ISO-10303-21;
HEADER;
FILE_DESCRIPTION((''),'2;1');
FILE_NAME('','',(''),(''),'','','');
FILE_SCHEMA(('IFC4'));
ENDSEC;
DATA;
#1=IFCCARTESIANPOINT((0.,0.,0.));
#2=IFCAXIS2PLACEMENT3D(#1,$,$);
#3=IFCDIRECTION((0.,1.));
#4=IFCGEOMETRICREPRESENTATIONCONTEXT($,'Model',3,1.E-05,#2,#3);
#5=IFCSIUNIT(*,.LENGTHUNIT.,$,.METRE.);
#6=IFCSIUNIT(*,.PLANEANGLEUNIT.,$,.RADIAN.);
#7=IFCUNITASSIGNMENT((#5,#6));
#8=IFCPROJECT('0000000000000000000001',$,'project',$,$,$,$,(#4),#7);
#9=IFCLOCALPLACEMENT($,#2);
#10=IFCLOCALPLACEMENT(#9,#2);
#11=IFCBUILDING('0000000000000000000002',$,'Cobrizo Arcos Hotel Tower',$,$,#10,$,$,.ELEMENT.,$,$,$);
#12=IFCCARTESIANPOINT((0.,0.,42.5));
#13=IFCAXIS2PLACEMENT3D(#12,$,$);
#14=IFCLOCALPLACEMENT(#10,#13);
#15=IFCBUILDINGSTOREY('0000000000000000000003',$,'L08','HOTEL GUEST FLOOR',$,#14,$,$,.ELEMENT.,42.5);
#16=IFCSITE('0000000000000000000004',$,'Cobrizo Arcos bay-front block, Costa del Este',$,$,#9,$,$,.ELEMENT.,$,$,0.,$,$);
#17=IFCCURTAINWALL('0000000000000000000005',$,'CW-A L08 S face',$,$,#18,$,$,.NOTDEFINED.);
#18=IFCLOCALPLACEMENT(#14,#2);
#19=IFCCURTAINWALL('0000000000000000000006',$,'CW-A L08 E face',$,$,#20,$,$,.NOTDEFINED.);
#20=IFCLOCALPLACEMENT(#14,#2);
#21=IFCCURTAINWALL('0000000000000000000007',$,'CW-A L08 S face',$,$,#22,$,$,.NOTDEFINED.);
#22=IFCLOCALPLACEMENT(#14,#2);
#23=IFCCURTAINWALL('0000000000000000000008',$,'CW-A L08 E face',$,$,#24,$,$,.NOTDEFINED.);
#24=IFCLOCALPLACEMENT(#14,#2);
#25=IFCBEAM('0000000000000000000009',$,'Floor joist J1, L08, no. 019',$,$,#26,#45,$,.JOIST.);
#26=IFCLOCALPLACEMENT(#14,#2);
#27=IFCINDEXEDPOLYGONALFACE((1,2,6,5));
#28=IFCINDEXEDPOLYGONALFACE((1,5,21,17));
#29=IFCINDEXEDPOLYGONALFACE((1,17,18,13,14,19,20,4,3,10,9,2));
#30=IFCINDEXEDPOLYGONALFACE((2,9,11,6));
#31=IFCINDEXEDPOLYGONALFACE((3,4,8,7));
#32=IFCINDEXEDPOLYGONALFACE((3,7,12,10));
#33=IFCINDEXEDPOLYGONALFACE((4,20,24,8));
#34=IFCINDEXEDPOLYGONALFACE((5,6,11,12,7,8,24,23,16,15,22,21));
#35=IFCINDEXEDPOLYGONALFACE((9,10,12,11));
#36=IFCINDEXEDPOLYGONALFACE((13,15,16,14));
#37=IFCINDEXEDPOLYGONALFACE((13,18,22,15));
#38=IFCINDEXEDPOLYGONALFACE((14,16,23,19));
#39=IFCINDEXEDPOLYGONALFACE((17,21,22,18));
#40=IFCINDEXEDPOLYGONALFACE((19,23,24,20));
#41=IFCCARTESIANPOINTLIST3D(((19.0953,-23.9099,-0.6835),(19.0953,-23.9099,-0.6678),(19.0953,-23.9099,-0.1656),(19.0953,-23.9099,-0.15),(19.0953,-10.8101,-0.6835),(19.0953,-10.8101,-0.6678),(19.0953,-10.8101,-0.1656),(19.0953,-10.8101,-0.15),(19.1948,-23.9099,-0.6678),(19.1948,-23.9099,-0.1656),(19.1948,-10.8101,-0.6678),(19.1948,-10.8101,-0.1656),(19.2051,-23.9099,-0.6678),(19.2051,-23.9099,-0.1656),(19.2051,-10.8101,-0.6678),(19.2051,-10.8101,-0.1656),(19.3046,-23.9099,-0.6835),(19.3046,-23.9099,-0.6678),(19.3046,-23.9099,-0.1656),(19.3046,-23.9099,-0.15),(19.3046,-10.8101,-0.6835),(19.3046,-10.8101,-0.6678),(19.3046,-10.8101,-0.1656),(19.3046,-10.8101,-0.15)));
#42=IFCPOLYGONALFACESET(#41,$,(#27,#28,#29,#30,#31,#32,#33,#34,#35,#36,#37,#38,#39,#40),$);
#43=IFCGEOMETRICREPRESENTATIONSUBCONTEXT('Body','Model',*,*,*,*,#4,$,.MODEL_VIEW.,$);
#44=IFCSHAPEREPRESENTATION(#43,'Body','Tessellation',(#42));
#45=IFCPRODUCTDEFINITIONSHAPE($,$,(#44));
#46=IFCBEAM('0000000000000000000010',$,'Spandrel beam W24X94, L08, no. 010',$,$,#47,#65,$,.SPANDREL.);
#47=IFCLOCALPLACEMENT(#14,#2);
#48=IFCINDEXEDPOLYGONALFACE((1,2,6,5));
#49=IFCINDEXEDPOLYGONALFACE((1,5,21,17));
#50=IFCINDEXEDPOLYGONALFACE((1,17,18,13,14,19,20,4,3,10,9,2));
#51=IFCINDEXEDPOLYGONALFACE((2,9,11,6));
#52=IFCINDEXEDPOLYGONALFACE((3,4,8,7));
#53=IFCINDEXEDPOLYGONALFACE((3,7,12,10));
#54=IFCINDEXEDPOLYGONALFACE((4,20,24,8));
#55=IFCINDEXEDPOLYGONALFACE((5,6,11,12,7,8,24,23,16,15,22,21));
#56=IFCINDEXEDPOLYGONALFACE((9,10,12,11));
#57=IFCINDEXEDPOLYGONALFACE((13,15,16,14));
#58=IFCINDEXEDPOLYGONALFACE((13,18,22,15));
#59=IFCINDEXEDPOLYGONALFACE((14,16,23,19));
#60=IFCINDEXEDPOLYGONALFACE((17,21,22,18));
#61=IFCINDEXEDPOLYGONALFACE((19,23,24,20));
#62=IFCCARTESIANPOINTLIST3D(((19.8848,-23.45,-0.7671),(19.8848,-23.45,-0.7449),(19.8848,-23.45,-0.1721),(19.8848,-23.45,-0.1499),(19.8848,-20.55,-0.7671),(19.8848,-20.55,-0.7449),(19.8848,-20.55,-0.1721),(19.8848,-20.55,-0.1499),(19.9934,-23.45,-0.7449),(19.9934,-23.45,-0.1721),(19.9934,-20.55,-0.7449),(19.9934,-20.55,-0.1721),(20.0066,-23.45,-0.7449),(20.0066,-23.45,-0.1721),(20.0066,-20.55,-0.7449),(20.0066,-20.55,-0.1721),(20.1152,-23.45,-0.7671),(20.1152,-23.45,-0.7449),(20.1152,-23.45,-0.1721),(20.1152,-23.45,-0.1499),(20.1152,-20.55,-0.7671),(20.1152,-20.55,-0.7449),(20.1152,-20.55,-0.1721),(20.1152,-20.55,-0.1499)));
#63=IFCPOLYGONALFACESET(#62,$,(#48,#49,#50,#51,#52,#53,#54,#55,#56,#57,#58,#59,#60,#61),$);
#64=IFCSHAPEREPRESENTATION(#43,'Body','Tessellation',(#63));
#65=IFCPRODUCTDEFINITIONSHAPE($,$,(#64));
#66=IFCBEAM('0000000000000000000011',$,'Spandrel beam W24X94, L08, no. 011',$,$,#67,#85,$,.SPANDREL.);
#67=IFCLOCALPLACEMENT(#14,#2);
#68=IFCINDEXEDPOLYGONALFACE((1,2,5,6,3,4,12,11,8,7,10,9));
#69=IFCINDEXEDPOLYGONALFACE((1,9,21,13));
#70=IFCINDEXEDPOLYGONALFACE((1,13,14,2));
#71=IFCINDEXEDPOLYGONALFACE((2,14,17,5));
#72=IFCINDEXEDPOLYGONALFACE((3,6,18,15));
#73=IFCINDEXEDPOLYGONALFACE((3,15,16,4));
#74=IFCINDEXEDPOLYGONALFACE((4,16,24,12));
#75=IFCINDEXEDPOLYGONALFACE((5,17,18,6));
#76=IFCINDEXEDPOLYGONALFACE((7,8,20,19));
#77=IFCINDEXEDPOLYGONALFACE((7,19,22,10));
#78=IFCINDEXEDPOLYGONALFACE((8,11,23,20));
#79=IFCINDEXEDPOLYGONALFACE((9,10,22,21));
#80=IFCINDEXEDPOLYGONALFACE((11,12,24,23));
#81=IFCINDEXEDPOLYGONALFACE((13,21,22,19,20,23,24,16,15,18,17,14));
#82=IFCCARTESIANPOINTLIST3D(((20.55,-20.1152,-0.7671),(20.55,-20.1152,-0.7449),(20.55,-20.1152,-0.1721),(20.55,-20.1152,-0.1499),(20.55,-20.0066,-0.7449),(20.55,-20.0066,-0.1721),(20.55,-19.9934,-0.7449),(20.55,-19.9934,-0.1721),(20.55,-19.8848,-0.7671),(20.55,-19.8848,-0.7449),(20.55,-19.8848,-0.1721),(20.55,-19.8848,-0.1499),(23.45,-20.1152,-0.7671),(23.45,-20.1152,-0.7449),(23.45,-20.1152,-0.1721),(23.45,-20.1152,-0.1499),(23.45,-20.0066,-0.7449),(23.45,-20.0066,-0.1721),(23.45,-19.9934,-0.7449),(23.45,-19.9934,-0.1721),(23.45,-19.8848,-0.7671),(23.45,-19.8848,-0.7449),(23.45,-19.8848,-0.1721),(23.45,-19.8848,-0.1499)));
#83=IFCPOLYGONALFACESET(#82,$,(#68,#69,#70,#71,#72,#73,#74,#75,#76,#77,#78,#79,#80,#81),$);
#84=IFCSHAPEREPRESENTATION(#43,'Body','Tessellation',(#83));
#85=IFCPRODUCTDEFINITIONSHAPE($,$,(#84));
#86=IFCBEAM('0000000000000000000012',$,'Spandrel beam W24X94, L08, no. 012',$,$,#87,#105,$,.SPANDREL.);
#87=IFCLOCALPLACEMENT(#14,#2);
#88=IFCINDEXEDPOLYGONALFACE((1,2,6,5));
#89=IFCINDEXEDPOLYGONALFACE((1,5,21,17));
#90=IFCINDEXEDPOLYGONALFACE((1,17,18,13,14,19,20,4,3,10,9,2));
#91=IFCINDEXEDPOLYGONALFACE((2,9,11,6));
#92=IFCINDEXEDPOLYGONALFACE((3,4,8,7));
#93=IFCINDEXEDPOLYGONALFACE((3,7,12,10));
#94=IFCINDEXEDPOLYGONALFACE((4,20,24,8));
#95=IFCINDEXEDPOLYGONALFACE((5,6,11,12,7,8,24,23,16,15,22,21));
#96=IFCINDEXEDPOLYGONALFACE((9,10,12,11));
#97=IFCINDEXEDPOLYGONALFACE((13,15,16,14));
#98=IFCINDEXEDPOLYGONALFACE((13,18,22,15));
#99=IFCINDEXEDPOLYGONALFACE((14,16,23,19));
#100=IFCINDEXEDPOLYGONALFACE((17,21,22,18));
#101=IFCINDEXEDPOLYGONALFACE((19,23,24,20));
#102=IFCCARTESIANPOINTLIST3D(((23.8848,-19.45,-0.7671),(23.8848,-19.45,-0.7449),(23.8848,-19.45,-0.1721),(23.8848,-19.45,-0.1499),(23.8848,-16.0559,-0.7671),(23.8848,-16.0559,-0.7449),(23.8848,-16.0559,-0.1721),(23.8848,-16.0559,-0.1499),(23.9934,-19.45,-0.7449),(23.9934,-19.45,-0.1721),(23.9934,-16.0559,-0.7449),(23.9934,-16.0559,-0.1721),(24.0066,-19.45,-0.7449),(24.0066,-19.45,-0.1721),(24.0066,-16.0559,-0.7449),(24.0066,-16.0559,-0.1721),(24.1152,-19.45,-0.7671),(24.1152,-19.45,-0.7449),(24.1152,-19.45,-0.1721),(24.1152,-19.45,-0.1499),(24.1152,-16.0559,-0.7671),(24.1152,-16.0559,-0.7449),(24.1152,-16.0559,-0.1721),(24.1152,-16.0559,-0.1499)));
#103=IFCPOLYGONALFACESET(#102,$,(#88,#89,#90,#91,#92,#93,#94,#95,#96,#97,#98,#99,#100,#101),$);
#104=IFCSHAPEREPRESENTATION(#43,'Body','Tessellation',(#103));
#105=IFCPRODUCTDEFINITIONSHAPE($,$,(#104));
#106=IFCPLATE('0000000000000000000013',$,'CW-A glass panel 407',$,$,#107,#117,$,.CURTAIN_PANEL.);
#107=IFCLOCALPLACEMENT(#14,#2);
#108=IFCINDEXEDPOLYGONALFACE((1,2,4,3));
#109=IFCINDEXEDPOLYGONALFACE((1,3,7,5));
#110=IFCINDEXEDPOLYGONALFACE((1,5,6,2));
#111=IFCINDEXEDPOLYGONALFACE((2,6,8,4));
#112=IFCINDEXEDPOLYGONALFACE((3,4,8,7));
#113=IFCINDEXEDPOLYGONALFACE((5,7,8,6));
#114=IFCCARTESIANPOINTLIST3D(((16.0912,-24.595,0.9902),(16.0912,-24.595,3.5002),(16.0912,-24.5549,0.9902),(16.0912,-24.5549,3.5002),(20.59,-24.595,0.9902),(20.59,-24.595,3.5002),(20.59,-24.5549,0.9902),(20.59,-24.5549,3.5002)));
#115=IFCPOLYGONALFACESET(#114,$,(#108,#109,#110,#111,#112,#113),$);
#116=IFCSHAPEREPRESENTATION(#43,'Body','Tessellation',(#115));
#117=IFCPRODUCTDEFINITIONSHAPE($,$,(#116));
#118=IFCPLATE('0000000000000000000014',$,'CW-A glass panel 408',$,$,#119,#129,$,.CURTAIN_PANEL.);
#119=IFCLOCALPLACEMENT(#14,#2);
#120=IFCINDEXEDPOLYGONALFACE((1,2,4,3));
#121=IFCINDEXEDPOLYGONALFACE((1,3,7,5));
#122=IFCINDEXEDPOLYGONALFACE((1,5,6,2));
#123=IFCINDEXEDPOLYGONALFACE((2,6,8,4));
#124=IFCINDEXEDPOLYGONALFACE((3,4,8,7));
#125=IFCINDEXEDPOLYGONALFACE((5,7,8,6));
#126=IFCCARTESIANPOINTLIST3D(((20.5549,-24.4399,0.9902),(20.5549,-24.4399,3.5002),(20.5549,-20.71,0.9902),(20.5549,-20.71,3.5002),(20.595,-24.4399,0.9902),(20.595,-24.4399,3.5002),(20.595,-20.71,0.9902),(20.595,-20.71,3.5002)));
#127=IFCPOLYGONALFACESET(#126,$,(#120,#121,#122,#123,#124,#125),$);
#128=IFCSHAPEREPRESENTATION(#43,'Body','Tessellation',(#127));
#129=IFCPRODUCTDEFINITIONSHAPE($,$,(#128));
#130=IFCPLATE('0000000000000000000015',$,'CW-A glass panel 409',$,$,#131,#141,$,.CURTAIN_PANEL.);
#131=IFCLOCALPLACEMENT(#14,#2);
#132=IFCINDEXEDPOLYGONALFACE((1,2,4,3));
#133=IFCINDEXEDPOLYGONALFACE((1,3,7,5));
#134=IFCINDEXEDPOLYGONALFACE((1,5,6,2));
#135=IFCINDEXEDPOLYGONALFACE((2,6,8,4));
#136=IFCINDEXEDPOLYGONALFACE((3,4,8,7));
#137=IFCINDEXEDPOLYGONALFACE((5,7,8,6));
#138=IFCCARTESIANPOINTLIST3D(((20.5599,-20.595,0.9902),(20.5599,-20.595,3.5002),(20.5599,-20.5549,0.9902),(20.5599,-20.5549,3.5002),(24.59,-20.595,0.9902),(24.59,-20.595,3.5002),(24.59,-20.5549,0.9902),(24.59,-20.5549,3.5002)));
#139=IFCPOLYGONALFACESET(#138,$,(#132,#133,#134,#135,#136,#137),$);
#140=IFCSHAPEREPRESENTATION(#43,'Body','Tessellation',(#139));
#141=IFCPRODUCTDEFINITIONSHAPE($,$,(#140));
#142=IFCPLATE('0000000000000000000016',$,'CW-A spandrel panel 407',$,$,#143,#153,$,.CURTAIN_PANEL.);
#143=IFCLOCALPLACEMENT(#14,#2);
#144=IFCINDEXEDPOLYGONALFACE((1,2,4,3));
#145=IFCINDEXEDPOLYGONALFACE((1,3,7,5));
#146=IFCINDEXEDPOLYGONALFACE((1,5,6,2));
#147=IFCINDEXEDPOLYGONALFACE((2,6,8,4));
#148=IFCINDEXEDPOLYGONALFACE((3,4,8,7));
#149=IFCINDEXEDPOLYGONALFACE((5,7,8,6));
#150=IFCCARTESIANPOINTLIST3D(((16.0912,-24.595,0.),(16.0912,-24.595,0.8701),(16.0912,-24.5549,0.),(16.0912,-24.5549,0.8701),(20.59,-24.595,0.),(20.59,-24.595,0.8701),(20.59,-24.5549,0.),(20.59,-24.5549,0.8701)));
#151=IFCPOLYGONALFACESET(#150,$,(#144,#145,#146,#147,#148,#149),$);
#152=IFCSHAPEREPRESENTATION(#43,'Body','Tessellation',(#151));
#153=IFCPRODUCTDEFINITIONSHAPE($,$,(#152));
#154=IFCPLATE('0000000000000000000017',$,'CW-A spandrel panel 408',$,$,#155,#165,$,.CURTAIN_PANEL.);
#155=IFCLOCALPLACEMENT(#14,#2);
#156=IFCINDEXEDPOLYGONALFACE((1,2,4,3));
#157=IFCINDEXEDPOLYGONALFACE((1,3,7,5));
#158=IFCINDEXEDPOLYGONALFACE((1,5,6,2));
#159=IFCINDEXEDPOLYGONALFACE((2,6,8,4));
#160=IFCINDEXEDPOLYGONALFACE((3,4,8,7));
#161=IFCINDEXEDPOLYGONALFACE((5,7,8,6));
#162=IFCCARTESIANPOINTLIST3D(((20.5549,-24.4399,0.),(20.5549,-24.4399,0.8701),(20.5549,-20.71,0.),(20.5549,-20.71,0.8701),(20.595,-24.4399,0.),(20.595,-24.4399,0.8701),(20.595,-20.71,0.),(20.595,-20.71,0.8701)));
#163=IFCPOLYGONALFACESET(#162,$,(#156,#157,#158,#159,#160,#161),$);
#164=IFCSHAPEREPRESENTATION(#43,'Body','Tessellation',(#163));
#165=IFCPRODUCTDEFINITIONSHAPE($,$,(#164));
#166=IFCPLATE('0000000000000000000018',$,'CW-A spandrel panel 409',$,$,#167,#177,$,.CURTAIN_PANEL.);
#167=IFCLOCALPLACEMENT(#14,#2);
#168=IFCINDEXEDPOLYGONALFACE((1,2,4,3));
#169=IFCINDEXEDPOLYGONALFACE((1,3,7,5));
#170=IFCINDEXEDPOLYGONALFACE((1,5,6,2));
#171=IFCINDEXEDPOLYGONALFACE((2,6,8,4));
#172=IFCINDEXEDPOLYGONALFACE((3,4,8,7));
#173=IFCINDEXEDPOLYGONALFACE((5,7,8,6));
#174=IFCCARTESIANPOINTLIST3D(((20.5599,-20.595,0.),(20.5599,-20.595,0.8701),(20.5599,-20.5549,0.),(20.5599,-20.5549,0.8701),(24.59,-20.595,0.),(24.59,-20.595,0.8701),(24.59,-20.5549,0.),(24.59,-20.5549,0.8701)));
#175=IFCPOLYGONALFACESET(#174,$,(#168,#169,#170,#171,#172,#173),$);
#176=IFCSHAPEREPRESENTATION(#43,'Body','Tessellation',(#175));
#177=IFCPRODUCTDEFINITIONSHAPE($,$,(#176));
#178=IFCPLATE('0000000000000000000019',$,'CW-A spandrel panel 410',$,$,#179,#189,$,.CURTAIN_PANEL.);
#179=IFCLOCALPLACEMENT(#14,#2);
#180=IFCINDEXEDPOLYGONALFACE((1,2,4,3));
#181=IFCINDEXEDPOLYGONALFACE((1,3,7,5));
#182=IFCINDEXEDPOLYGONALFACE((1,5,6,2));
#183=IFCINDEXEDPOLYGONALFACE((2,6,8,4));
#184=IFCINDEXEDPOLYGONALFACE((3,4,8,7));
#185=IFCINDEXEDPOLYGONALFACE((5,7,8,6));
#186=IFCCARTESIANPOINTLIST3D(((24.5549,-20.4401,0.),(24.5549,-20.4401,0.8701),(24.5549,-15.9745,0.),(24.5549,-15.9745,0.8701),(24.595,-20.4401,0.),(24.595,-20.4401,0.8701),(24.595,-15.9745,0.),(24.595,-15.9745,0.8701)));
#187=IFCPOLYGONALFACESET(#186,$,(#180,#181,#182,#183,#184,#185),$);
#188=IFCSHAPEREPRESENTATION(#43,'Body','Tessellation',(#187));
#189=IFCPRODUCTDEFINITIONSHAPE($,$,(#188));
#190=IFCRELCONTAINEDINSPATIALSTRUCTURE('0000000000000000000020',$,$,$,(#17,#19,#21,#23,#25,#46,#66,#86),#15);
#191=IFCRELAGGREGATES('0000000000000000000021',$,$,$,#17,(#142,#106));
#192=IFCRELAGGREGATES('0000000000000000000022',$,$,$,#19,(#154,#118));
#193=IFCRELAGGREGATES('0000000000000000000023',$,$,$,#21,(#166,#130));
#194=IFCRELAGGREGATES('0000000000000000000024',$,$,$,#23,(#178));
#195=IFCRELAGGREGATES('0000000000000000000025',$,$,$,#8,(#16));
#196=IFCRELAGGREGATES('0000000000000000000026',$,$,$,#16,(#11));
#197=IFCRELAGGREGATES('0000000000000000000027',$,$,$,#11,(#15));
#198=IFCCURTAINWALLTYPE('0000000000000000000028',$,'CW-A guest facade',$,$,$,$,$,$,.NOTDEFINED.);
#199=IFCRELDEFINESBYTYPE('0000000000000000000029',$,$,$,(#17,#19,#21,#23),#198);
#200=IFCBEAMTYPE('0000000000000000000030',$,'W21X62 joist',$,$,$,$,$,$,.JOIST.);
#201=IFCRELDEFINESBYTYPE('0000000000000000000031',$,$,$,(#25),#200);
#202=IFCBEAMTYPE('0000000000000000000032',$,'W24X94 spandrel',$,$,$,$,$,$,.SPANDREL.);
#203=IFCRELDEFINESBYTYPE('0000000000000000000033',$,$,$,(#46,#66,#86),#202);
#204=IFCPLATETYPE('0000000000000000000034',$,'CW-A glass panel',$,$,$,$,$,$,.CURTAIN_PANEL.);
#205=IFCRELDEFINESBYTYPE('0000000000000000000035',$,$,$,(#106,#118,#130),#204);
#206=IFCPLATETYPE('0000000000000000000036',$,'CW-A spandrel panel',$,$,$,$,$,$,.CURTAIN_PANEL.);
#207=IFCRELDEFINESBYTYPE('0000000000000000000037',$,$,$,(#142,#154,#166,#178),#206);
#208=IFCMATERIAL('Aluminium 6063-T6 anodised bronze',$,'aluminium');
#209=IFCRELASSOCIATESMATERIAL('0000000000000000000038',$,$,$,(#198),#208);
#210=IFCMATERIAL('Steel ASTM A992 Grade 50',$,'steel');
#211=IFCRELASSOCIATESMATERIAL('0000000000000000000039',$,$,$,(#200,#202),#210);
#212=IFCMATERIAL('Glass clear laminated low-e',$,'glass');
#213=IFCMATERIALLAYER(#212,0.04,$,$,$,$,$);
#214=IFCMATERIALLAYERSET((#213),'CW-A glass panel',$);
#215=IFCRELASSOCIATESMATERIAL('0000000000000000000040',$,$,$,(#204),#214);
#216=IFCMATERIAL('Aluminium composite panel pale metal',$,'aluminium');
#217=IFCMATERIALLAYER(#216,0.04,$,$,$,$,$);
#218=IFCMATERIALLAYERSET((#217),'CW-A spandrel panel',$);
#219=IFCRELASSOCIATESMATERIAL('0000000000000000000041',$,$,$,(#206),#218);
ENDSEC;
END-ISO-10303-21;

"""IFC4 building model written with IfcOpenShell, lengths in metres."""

from ifc_helpers import new_model, si_unit, direction, frame, origin, origin_2d, place, context, subcontext, project, spatial, rectangle, i_section, extrude, material, layer, layer_set, material_profile, profile_set, type_object, element, aggregate, save


model = new_model("IFC4")

# Units and contexts
model_context = context("Model", 3, precision=1e-05, world=origin(), true_north=direction((0.0, 1.0)))
body_context = subcontext(model_context, "Body", "Model", "MODEL_VIEW")
ifc_project = project(units=[si_unit("LENGTHUNIT", "METRE"), si_unit("PLANEANGLEUNIT", "RADIAN")], contexts=[model_context])

# Site, building, storey
site_placement = place(None, origin())
site = spatial("IfcSite", under=ifc_project, at=site_placement, Name="Cobrizo Arcos bay-front block, Costa del Este", CompositionType="ELEMENT", RefElevation=0.0)
building_placement = place(site_placement, origin())
building = spatial("IfcBuilding", under=site, at=building_placement, Name="Cobrizo Arcos Hotel Tower", CompositionType="ELEMENT")
storey_placement = place(building_placement, frame((0.0, 0.0, 42.5)))
storey = spatial("IfcBuildingStorey", under=building, at=storey_placement, Name="L08", Description="HOTEL GUEST FLOOR", CompositionType="ELEMENT", Elevation=42.5)

# Curtain walls
ifc_material_1 = material(Name="Aluminium 6063-T6 anodised bronze", Category="aluminium")
curtain_wall_type = type_object("IfcCurtainWallType", Name="CW-A guest facade", PredefinedType="NOTDEFINED", material=ifc_material_1)
curtain_wall_1_placement = place(storey_placement, origin())
curtain_wall_1 = element("IfcCurtainWall", 1, at=curtain_wall_1_placement, inside=storey, type_object=curtain_wall_type, Name="CW-A L08 S face", PredefinedType="NOTDEFINED")
curtain_wall_2_placement = place(storey_placement, origin())
curtain_wall_2 = element("IfcCurtainWall", 2, at=curtain_wall_2_placement, inside=storey, type_object=curtain_wall_type, Name="CW-A L08 E face", PredefinedType="NOTDEFINED")
curtain_wall_3_placement = place(storey_placement, origin())
curtain_wall_3 = element("IfcCurtainWall", 3, at=curtain_wall_3_placement, inside=storey, type_object=curtain_wall_type, Name="CW-A L08 S face", PredefinedType="NOTDEFINED")

# Curtain wall
curtain_wall_4_placement = place(storey_placement, origin())
curtain_wall_4 = element("IfcCurtainWall", 4, at=curtain_wall_4_placement, inside=storey, type_object=curtain_wall_type, Name="CW-A L08 E face", PredefinedType="NOTDEFINED")

# Beams
ifc_material_2 = material(Name="Steel ASTM A992 Grade 50", Category="steel")
ifc_material_profile_1 = material_profile(ifc_material_2, i_section(OverallWidth=0.2092, OverallDepth=0.5334, WebThickness=0.0103, FlangeThickness=0.0156, at=origin_2d()), Name="W21X62")
ifc_profile_set_1 = profile_set([ifc_material_profile_1], Name="Steel ASTM A992 Grade 50")
beam_type_1 = type_object("IfcBeamType", Name="W21X62 joist", PredefinedType="JOIST", material=ifc_profile_set_1)
beam_1_placement = place(storey_placement, frame((19.2, -23.9099, -0.4167), z_axis=(0.0, 1.0, 0.0), x_axis=(-1.0, 0.0, 0.0)))
element("IfcBeam", 5, at=beam_1_placement, inside=storey, type_object=beam_type_1, Name="Floor joist J1, L08, no. 019", PredefinedType="JOIST", context=body_context, shape_type="SweptSolid", body=[
    extrude(i_section(OverallWidth=0.2092, OverallDepth=0.5334, WebThickness=0.0103, FlangeThickness=0.0156, at=origin_2d()), origin(), (0.0, 0.0, 1.0), 13.0999),
])
ifc_material_profile_2 = material_profile(ifc_material_2, i_section(OverallWidth=0.2305, OverallDepth=0.6172, WebThickness=0.0132, FlangeThickness=0.0222, at=origin_2d()), Name="W24X94")
ifc_profile_set_2 = profile_set([ifc_material_profile_2], Name="Steel ASTM A992 Grade 50")
beam_type_2 = type_object("IfcBeamType", Name="W24X94 spandrel", PredefinedType="SPANDREL", material=ifc_profile_set_2)
for number, where, z_axis, x_axis, name in (
    (6, (20.0, -23.45, -0.4585), (0.0, 1.0, 0.0), (-1.0, 0.0, 0.0), "Spandrel beam W24X94, L08, no. 010"),
    (7, (20.55, -20.0, -0.4585), (1.0, 0.0, 0.0), (0.0, 1.0, 0.0), "Spandrel beam W24X94, L08, no. 011"),
):
    element("IfcBeam", number, at=place(storey_placement, frame(where, z_axis=z_axis, x_axis=x_axis)), inside=storey, type_object=beam_type_2, Name=name, PredefinedType="SPANDREL", context=body_context, shape_type="SweptSolid", body=[
        extrude(i_section(OverallWidth=0.2305, OverallDepth=0.6172, WebThickness=0.0132, FlangeThickness=0.0222, at=origin_2d()), origin(), (0.0, 0.0, 1.0), 2.8999),
    ])
beam_2_placement = place(storey_placement, frame((24.0, -19.45, -0.4585), z_axis=(0.0, 1.0, 0.0), x_axis=(-1.0, 0.0, 0.0)))
element("IfcBeam", 8, at=beam_2_placement, inside=storey, type_object=beam_type_2, Name="Spandrel beam W24X94, L08, no. 012", PredefinedType="SPANDREL", context=body_context, shape_type="SweptSolid", body=[
    extrude(i_section(OverallWidth=0.2305, OverallDepth=0.6172, WebThickness=0.0132, FlangeThickness=0.0222, at=origin_2d()), origin(), (0.0, 0.0, 1.0), 3.394),
])

# Plates
ifc_material_3 = material(Name="Glass clear laminated low-e", Category="glass")
ifc_layer_1 = layer(ifc_material_3, 0.04)
ifc_layer_set_1 = layer_set([ifc_layer_1], Name="CW-A glass panel")
plate_type_1 = type_object("IfcPlateType", Name="CW-A glass panel", PredefinedType="CURTAIN_PANEL", material=ifc_layer_set_1)
plate_1_placement = place(storey_placement, frame((18.3406, -24.575, 0.9902), z_axis=(0.0, 0.0, 1.0), x_axis=(1.0, 0.0, 0.0)))
plate_1 = element("IfcPlate", 9, at=plate_1_placement, type_object=plate_type_1, Name="CW-A glass panel 407", PredefinedType="CURTAIN_PANEL", context=body_context, shape_type="SweptSolid", body=[
    extrude(rectangle(XDim=4.4988, YDim=0.04, at=origin_2d()), origin(), (0.0, 0.0, 1.0), 2.51),
])
plate_2_placement = place(storey_placement, frame((20.575, -22.575, 0.9902), z_axis=(0.0, 0.0, 1.0), x_axis=(0.0, 1.0, 0.0)))
plate_2 = element("IfcPlate", 10, at=plate_2_placement, type_object=plate_type_1, Name="CW-A glass panel 408", PredefinedType="CURTAIN_PANEL", context=body_context, shape_type="SweptSolid", body=[
    extrude(rectangle(XDim=3.73, YDim=0.04, at=origin_2d()), origin(), (0.0, 0.0, 1.0), 2.51),
])
plate_3_placement = place(storey_placement, frame((22.575, -20.575, 0.9902), z_axis=(0.0, 0.0, 1.0), x_axis=(1.0, 0.0, 0.0)))
plate_3 = element("IfcPlate", 11, at=plate_3_placement, type_object=plate_type_1, Name="CW-A glass panel 409", PredefinedType="CURTAIN_PANEL", context=body_context, shape_type="SweptSolid", body=[
    extrude(rectangle(XDim=4.03, YDim=0.04, at=origin_2d()), origin(), (0.0, 0.0, 1.0), 2.51),
])
ifc_material_4 = material(Name="Aluminium composite panel pale metal", Category="aluminium")
ifc_layer_2 = layer(ifc_material_4, 0.04)
ifc_layer_set_2 = layer_set([ifc_layer_2], Name="CW-A spandrel panel")
plate_type_2 = type_object("IfcPlateType", Name="CW-A spandrel panel", PredefinedType="CURTAIN_PANEL", material=ifc_layer_set_2)
plate_4_placement = place(storey_placement, frame((18.3406, -24.575, 0.0), z_axis=(0.0, 0.0, 1.0), x_axis=(1.0, 0.0, 0.0)))
plate_4 = element("IfcPlate", 12, at=plate_4_placement, type_object=plate_type_2, Name="CW-A spandrel panel 407", PredefinedType="CURTAIN_PANEL", context=body_context, shape_type="SweptSolid", body=[
    extrude(rectangle(XDim=4.4988, YDim=0.04, at=origin_2d()), origin(), (0.0, 0.0, 1.0), 0.8701),
])
aggregate(curtain_wall_1, [plate_4, plate_1])
plate_5_placement = place(storey_placement, frame((20.575, -22.575, 0.0), z_axis=(0.0, 0.0, 1.0), x_axis=(0.0, 1.0, 0.0)))
plate_5 = element("IfcPlate", 13, at=plate_5_placement, type_object=plate_type_2, Name="CW-A spandrel panel 408", PredefinedType="CURTAIN_PANEL", context=body_context, shape_type="SweptSolid", body=[
    extrude(rectangle(XDim=3.73, YDim=0.04, at=origin_2d()), origin(), (0.0, 0.0, 1.0), 0.8701),
])
aggregate(curtain_wall_2, [plate_5, plate_2])
plate_6_placement = place(storey_placement, frame((22.575, -20.575, 0.0), z_axis=(0.0, 0.0, 1.0), x_axis=(1.0, 0.0, 0.0)))
plate_6 = element("IfcPlate", 14, at=plate_6_placement, type_object=plate_type_2, Name="CW-A spandrel panel 409", PredefinedType="CURTAIN_PANEL", context=body_context, shape_type="SweptSolid", body=[
    extrude(rectangle(XDim=4.03, YDim=0.04, at=origin_2d()), origin(), (0.0, 0.0, 1.0), 0.8701),
])
aggregate(curtain_wall_3, [plate_6, plate_3])
plate_7_placement = place(storey_placement, frame((24.575, -18.2073, 0.0), z_axis=(0.0, 0.0, 1.0), x_axis=(0.0, 1.0, 0.0)))
plate_7 = element("IfcPlate", 15, at=plate_7_placement, type_object=plate_type_2, Name="CW-A spandrel panel 410", PredefinedType="CURTAIN_PANEL", context=body_context, shape_type="SweptSolid", body=[
    extrude(rectangle(XDim=4.4656, YDim=0.04, at=origin_2d()), origin(), (0.0, 0.0, 1.0), 0.8701),
])
aggregate(curtain_wall_4, [plate_7])

save(model, "model.ifc")
